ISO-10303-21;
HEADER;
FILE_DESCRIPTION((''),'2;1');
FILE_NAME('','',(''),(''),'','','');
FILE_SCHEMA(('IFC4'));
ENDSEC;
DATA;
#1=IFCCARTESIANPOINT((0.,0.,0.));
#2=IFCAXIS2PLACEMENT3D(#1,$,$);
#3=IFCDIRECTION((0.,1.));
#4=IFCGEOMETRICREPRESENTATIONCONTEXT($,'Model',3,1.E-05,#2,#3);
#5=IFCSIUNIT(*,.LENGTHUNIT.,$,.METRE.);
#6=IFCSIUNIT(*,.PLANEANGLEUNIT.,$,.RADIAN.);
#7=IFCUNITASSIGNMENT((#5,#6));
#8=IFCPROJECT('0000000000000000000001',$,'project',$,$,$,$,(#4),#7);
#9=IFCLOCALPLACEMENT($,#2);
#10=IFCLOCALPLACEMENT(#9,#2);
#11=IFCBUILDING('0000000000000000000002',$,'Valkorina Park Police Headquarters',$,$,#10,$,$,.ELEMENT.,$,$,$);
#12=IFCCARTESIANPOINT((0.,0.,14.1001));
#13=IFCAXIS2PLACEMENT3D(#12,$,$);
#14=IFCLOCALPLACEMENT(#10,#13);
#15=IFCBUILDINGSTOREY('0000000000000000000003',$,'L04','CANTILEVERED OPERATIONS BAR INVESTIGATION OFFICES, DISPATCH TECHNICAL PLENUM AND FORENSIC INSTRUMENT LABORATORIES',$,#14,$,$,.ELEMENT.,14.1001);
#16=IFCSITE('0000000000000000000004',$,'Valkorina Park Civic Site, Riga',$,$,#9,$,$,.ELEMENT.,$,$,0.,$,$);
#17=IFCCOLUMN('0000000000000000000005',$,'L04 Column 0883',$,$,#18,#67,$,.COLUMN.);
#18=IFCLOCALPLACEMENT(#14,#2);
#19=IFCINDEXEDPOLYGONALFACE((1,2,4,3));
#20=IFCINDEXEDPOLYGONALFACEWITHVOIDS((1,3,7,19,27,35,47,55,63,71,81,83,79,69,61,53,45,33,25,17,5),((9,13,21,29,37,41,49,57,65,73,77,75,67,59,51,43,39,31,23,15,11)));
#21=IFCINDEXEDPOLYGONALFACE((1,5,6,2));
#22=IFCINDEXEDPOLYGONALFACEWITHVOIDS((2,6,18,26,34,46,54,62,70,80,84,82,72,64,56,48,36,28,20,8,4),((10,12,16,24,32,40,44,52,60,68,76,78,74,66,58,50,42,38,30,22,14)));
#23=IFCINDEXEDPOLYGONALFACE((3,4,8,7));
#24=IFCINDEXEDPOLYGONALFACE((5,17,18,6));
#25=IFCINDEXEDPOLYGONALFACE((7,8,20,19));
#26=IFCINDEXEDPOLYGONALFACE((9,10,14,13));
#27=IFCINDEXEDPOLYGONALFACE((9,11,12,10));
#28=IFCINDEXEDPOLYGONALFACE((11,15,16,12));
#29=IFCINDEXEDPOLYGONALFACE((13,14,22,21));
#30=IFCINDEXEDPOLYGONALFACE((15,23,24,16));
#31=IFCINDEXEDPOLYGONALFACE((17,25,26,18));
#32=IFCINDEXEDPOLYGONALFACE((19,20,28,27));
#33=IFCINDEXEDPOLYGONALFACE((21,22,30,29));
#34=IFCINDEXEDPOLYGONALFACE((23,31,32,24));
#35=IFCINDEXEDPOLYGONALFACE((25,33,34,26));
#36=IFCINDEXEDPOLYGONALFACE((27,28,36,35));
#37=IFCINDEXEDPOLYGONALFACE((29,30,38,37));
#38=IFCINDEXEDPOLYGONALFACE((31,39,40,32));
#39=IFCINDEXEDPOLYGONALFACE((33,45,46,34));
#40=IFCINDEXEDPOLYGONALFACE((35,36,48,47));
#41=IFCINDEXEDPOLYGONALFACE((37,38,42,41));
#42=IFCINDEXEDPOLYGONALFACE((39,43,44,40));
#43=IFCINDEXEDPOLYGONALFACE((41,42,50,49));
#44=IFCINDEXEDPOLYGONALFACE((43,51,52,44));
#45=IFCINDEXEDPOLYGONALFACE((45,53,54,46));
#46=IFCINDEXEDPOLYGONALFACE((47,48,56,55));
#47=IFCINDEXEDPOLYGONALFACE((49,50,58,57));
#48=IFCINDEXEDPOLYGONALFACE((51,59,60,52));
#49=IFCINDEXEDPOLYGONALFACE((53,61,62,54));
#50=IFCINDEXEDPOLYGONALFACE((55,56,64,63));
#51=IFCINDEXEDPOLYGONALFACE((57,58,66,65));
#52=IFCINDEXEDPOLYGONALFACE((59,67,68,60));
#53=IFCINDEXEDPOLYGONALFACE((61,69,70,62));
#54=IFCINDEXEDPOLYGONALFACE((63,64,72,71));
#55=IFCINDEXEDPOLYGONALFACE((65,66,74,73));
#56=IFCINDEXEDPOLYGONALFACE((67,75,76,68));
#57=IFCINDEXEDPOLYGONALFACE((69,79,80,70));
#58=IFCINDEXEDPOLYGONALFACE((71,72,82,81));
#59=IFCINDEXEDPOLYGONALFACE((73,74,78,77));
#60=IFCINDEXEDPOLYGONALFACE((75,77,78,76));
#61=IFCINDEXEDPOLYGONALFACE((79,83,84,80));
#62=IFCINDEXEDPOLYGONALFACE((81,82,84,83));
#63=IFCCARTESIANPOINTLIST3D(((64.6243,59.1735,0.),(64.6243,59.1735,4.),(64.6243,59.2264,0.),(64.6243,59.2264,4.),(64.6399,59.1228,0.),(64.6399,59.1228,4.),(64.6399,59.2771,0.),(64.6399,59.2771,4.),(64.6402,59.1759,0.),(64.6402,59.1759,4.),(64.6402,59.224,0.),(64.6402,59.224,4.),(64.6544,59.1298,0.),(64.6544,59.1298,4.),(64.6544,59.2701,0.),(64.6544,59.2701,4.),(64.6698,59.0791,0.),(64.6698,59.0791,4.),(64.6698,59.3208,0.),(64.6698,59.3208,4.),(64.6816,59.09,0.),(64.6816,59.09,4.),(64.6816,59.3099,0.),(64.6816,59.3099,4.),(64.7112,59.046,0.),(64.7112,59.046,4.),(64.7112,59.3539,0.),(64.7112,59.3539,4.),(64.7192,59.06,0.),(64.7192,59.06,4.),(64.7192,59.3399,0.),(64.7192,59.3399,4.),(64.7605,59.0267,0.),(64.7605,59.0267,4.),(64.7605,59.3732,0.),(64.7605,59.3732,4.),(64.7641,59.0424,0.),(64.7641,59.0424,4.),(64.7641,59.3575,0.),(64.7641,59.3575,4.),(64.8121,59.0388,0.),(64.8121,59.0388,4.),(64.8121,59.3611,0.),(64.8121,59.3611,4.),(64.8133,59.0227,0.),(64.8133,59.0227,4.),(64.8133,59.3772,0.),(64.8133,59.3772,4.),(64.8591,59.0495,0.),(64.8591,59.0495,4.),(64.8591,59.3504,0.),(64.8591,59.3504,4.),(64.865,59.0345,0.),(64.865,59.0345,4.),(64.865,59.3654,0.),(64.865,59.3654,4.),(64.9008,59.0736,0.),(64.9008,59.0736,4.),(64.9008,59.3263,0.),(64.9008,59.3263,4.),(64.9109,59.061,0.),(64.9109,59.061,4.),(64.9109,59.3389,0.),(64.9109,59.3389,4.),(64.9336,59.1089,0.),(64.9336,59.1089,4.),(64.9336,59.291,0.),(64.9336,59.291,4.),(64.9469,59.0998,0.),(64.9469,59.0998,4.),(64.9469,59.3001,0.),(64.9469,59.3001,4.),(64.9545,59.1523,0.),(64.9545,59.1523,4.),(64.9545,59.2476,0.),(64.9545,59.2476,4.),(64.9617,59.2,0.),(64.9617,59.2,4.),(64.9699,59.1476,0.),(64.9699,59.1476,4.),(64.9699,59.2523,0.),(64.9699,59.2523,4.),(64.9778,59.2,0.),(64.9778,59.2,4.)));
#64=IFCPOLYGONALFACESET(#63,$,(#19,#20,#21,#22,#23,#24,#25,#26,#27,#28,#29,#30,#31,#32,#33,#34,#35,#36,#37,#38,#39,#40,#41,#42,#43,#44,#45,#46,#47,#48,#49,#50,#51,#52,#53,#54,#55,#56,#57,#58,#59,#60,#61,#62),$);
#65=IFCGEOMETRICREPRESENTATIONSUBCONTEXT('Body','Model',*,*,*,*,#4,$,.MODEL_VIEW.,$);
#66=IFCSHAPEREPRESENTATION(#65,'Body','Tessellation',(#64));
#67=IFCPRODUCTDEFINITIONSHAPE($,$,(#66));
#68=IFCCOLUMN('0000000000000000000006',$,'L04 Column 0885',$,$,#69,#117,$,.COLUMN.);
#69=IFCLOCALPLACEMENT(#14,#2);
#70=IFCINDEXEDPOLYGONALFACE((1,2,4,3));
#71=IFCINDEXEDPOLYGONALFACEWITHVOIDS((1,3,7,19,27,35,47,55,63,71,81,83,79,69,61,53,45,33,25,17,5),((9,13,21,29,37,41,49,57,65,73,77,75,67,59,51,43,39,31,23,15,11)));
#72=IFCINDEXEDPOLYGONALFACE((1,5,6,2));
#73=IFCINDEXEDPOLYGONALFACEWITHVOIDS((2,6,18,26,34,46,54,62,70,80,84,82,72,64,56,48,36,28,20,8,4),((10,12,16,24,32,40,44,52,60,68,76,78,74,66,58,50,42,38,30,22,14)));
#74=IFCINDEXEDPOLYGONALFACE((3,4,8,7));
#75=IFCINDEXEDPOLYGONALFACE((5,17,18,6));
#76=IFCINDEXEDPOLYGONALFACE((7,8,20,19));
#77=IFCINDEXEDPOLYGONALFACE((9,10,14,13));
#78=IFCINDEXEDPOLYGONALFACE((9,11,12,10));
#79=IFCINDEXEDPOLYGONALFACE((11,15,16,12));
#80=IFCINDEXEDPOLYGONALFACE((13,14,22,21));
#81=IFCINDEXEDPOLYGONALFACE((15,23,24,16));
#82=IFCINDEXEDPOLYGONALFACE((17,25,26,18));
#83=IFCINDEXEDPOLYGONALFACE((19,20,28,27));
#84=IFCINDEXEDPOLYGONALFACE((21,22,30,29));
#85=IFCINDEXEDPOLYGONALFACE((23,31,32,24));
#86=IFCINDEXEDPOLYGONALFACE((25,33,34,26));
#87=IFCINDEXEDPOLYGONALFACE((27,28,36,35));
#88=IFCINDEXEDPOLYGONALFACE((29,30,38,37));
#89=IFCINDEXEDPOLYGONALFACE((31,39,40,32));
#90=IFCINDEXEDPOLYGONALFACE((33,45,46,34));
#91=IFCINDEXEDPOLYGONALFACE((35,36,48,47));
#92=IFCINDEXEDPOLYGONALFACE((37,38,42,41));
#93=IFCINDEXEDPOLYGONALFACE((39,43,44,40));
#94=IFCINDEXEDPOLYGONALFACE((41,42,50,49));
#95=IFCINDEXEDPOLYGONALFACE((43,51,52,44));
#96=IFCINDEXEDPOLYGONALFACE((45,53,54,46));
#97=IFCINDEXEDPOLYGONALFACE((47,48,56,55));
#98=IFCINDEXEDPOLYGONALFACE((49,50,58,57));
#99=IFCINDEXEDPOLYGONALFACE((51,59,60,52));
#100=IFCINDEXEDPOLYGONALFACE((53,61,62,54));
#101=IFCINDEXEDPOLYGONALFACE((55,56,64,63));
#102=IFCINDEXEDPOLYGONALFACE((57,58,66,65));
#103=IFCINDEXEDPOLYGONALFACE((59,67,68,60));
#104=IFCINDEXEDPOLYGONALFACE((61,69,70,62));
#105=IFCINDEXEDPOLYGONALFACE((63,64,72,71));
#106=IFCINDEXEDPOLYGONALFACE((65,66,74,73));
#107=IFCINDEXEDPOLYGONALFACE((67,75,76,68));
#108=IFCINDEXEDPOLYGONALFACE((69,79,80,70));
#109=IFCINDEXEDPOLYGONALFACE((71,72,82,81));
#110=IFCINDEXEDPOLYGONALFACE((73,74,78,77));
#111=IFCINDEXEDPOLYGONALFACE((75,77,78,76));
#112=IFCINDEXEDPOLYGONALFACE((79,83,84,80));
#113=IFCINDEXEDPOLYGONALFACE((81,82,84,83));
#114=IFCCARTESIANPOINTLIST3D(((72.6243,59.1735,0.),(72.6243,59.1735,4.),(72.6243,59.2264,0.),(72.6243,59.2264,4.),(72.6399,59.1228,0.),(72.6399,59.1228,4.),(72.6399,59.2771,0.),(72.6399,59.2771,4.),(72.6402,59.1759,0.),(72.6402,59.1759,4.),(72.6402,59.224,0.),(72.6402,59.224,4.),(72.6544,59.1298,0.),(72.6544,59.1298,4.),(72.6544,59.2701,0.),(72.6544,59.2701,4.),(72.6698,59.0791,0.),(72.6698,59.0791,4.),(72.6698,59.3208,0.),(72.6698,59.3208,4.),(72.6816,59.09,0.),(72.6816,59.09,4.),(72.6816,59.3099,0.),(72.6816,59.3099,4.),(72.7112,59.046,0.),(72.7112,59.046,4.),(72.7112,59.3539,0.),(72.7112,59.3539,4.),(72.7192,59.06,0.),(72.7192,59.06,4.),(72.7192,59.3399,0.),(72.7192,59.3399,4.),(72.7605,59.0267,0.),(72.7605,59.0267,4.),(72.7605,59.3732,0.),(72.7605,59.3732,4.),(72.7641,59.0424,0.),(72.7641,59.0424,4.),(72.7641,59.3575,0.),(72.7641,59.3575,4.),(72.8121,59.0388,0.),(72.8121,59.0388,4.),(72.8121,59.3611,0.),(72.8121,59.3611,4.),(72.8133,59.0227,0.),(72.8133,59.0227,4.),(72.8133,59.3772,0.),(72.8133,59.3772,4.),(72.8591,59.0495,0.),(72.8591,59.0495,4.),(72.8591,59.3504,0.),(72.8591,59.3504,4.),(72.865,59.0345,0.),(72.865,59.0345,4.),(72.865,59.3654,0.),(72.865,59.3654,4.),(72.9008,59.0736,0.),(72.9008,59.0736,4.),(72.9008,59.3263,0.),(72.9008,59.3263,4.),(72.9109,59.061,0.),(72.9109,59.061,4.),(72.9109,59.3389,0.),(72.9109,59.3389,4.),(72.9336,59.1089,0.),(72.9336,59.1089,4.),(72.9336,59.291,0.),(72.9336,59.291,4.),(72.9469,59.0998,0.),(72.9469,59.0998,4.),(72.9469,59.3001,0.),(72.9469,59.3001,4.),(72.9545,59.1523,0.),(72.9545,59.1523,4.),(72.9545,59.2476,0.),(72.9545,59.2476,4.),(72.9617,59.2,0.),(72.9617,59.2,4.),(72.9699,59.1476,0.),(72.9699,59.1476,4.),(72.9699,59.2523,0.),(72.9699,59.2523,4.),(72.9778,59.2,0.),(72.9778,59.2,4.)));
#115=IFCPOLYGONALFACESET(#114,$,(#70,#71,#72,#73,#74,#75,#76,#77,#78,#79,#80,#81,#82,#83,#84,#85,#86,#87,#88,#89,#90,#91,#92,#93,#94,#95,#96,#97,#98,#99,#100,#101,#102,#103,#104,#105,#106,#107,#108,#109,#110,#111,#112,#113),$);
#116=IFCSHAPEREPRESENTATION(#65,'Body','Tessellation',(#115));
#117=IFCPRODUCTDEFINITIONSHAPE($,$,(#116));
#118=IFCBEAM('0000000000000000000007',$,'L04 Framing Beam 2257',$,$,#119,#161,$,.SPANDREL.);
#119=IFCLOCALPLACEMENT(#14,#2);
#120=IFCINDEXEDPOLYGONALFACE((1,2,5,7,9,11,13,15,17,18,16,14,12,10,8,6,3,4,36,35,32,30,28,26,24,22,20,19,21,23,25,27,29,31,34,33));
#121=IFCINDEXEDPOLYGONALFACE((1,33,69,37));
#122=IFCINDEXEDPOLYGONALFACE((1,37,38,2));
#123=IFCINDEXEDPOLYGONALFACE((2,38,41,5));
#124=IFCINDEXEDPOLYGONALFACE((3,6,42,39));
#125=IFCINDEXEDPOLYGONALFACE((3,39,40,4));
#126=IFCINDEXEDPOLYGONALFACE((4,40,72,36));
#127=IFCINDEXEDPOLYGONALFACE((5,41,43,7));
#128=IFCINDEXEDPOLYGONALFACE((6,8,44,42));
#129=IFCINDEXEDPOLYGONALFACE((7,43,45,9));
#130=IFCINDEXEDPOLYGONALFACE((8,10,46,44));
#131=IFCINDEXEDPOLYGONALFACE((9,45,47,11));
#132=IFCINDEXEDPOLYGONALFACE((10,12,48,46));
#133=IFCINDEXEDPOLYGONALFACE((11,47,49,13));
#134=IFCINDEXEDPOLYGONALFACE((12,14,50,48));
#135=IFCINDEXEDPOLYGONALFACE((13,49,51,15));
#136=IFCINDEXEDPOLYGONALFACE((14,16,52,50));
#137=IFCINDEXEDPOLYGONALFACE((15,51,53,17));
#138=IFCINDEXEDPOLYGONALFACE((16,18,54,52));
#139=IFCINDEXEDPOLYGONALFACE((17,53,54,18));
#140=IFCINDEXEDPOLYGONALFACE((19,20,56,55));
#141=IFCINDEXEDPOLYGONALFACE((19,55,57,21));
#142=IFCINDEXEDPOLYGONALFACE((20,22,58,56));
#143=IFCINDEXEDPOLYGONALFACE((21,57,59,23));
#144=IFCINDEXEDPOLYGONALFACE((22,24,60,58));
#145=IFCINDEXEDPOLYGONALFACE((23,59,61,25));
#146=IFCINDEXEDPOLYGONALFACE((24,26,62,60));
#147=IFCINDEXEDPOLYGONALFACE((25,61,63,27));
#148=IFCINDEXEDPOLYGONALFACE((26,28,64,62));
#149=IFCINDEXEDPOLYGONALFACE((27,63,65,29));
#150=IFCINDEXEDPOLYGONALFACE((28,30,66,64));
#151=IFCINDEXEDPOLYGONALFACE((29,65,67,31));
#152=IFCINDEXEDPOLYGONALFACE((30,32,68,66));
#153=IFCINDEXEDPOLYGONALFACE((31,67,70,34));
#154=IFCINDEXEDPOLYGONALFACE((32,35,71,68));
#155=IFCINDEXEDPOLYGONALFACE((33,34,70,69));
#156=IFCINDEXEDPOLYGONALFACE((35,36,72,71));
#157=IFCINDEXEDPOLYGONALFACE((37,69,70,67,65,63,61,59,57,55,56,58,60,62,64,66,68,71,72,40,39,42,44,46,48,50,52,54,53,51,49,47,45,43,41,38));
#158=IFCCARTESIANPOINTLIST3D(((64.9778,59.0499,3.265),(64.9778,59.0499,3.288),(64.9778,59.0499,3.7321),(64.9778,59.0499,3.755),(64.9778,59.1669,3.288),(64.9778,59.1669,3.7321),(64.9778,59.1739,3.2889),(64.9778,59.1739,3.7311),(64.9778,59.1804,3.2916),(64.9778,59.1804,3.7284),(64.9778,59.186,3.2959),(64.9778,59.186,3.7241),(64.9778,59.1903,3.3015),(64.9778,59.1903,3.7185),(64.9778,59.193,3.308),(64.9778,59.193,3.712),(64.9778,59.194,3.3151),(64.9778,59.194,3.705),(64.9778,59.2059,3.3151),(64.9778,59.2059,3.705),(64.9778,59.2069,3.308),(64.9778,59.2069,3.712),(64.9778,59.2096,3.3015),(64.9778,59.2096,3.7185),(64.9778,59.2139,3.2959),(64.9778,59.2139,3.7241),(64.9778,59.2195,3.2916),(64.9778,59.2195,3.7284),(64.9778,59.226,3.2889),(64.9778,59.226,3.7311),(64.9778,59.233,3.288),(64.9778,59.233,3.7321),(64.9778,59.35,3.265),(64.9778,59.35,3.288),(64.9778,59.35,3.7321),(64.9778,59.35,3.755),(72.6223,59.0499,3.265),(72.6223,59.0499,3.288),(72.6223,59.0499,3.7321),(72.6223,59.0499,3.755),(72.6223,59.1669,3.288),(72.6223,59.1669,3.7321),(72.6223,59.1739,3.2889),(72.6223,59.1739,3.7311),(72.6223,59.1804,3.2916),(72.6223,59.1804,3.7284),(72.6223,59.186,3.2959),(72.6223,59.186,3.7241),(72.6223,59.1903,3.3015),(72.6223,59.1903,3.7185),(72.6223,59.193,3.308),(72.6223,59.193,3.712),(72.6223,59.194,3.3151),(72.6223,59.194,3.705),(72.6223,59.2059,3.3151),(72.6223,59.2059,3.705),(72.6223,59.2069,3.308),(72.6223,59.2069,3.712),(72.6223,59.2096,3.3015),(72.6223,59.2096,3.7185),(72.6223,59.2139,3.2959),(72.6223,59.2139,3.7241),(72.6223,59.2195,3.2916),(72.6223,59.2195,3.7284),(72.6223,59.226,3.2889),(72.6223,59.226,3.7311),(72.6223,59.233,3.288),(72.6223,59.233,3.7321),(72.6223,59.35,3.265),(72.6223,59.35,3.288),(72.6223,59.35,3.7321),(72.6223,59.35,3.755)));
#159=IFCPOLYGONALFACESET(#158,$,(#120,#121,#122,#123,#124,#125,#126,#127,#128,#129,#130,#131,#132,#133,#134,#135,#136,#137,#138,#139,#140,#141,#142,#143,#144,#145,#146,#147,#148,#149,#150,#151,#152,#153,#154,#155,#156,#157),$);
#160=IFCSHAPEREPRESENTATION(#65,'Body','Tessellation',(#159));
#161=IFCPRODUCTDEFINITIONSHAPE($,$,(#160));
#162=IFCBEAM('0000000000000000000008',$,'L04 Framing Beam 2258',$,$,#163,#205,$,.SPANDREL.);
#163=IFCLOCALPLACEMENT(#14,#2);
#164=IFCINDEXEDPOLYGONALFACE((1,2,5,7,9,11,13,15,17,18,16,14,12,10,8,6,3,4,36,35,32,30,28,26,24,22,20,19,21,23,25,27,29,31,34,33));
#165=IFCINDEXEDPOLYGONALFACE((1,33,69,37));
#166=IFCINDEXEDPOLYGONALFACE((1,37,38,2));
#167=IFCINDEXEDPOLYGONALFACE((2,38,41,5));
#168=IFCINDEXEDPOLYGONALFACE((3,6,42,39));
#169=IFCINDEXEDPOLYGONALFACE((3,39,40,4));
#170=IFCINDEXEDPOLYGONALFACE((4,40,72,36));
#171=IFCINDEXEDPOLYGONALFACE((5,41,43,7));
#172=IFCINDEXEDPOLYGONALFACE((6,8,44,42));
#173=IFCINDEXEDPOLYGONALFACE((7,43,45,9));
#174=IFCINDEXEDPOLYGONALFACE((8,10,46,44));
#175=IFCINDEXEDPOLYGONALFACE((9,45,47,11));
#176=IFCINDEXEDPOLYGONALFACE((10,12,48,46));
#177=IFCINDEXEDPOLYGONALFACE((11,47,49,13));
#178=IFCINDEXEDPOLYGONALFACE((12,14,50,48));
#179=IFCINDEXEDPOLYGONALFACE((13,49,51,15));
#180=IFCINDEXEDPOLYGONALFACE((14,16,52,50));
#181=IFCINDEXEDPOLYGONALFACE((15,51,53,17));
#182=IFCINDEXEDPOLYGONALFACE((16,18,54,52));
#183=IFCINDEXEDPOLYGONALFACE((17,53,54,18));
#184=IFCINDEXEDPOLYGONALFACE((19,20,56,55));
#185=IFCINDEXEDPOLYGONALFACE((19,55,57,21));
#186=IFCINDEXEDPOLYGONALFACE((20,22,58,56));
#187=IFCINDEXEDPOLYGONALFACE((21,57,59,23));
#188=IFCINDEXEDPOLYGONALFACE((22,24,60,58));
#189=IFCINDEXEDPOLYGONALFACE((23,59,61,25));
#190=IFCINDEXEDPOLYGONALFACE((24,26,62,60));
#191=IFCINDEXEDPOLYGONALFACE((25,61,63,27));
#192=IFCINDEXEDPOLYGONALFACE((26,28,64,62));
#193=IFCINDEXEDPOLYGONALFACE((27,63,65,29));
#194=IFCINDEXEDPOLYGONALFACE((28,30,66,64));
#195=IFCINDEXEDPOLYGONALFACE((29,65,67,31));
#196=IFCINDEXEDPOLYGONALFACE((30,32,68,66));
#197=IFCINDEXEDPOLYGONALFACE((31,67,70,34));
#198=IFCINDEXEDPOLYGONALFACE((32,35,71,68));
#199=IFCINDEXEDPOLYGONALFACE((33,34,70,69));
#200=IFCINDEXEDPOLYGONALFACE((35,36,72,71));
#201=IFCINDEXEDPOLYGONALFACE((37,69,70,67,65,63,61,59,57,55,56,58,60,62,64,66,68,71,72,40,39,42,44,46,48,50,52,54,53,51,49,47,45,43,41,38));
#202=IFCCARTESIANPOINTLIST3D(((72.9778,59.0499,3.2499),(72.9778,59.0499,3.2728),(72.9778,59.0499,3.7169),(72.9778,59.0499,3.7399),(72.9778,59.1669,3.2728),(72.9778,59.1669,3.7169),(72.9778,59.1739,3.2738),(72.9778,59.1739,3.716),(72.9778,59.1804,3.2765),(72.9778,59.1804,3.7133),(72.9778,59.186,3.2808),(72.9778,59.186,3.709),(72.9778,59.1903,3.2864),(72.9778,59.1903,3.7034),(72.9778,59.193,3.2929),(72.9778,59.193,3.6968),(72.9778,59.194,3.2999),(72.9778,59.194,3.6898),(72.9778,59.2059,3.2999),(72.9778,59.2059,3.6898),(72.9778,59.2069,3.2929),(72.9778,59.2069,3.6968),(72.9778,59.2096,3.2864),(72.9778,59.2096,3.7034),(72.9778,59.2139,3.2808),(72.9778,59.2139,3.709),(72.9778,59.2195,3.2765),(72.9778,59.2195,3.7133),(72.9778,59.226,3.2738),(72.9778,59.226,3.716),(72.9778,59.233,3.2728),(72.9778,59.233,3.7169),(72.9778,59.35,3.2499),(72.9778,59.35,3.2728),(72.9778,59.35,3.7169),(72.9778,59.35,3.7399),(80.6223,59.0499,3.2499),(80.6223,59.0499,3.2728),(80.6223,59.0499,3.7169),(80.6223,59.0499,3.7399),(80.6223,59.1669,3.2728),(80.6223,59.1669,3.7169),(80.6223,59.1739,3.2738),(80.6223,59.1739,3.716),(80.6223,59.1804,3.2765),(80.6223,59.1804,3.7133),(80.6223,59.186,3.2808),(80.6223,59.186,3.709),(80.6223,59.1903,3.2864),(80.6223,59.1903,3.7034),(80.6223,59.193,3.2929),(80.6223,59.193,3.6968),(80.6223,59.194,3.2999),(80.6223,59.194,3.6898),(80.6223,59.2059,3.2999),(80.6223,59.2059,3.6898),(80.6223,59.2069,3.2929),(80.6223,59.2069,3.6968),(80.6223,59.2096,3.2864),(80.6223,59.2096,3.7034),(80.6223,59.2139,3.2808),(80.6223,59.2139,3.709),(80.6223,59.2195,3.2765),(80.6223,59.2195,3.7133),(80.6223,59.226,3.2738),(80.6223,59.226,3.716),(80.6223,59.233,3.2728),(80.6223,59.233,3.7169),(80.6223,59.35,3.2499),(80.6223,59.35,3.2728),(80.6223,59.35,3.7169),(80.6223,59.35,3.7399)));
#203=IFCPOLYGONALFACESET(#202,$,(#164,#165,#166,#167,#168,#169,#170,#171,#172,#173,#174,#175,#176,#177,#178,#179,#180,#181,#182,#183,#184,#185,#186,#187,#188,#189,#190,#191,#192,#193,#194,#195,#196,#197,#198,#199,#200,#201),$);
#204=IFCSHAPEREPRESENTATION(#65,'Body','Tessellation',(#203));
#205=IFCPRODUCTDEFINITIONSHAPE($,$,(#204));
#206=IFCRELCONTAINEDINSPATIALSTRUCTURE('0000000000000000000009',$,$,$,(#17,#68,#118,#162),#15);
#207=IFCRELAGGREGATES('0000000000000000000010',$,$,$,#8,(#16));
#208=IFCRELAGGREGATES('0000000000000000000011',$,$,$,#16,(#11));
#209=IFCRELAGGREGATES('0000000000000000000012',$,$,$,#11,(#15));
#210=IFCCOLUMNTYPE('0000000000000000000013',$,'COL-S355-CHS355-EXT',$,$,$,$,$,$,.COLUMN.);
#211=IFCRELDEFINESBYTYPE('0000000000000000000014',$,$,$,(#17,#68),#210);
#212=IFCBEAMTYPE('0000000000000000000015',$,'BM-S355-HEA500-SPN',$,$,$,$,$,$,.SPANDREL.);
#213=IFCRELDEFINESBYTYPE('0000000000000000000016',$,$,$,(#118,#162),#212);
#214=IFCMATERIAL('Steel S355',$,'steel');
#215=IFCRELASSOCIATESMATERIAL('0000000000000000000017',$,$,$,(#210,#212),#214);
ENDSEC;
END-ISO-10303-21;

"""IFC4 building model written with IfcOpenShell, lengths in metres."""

from ifc_helpers import new_model, si_unit, direction, frame, origin, origin_2d, place, context, subcontext, project, spatial, hollow_circle, i_section, extrude, material, material_profile, profile_set, type_object, element, save


model = new_model("IFC4")

# Units and contexts
model_context = context("Model", 3, precision=1e-05, world=origin(), true_north=direction((0.0, 1.0)))
body_context = subcontext(model_context, "Body", "Model", "MODEL_VIEW")
ifc_project = project(units=[si_unit("LENGTHUNIT", "METRE"), si_unit("PLANEANGLEUNIT", "RADIAN")], contexts=[model_context])

# Site, building, storey
site_placement = place(None, origin())
site = spatial("IfcSite", under=ifc_project, at=site_placement, Name="Valkorina Park Civic Site, Riga", CompositionType="ELEMENT", RefElevation=0.0)
building_placement = place(site_placement, origin())
building = spatial("IfcBuilding", under=site, at=building_placement, Name="Valkorina Park Police Headquarters", CompositionType="ELEMENT")
storey_placement = place(building_placement, frame((0.0, 0.0, 14.1001)))
storey = spatial("IfcBuildingStorey", under=building, at=storey_placement, Name="L04", Description="CANTILEVERED OPERATIONS BAR INVESTIGATION OFFICES, DISPATCH TECHNICAL PLENUM AND FORENSIC INSTRUMENT LABORATORIES", CompositionType="ELEMENT", Elevation=14.1001)

# Columns
ifc_material_1 = material(Name="Steel S355", Category="steel")
ifc_material_profile_1 = material_profile(ifc_material_1, hollow_circle(Radius=0.1777, WallThickness=0.0161, at=origin_2d()), Name="CHS 355.6x16")
ifc_profile_set_1 = profile_set([ifc_material_profile_1], Name="Steel S355")
column_type = type_object("IfcColumnType", Name="COL-S355-CHS355-EXT", PredefinedType="COLUMN", material=ifc_profile_set_1)
for number, where, z_axis, x_axis, name in (
    (1, (64.8, 59.2, 0.0), (0.0, 0.0, 1.0), (1.0, 0.0, 0.0), "L04 Column 0883"),
    (2, (72.8, 59.2, 0.0), (0.0, 0.0, 1.0), (1.0, 0.0, 0.0), "L04 Column 0885"),
):
    element("IfcColumn", number, at=place(storey_placement, frame(where, z_axis=z_axis, x_axis=x_axis)), inside=storey, type_object=column_type, Name=name, PredefinedType="COLUMN", context=body_context, shape_type="SweptSolid", body=[
        extrude(hollow_circle(Radius=0.1777, WallThickness=0.0161, at=origin_2d()), origin(), (0.0, 0.0, 1.0), 4.0),
    ])

# Beams
ifc_material_profile_2 = material_profile(ifc_material_1, i_section(OverallWidth=0.3, OverallDepth=0.49, WebThickness=0.012, FlangeThickness=0.0229, FilletRadius=0.0271, at=origin_2d()), Name="HEA 500")
ifc_profile_set_2 = profile_set([ifc_material_profile_2], Name="Steel S355")
beam_type = type_object("IfcBeamType", Name="BM-S355-HEA500-SPN", PredefinedType="SPANDREL", material=ifc_profile_set_2)
for number, where, z_axis, x_axis, name in (
    (3, (64.9778, 59.2, 3.51), (1.0, 0.0, 0.0), (0.0, 1.0, 0.0), "L04 Framing Beam 2257"),
    (4, (72.9778, 59.2, 3.4949), (1.0, 0.0, 0.0), (0.0, 1.0, 0.0), "L04 Framing Beam 2258"),
):
    element("IfcBeam", number, at=place(storey_placement, frame(where, z_axis=z_axis, x_axis=x_axis)), inside=storey, type_object=beam_type, Name=name, PredefinedType="SPANDREL", context=body_context, shape_type="SweptSolid", body=[
        extrude(i_section(OverallWidth=0.3, OverallDepth=0.49, WebThickness=0.012, FlangeThickness=0.0229, FilletRadius=0.0271, at=origin_2d()), origin(), (0.0, 0.0, 1.0), 7.6445),
    ])

save(model, "model.ifc")
